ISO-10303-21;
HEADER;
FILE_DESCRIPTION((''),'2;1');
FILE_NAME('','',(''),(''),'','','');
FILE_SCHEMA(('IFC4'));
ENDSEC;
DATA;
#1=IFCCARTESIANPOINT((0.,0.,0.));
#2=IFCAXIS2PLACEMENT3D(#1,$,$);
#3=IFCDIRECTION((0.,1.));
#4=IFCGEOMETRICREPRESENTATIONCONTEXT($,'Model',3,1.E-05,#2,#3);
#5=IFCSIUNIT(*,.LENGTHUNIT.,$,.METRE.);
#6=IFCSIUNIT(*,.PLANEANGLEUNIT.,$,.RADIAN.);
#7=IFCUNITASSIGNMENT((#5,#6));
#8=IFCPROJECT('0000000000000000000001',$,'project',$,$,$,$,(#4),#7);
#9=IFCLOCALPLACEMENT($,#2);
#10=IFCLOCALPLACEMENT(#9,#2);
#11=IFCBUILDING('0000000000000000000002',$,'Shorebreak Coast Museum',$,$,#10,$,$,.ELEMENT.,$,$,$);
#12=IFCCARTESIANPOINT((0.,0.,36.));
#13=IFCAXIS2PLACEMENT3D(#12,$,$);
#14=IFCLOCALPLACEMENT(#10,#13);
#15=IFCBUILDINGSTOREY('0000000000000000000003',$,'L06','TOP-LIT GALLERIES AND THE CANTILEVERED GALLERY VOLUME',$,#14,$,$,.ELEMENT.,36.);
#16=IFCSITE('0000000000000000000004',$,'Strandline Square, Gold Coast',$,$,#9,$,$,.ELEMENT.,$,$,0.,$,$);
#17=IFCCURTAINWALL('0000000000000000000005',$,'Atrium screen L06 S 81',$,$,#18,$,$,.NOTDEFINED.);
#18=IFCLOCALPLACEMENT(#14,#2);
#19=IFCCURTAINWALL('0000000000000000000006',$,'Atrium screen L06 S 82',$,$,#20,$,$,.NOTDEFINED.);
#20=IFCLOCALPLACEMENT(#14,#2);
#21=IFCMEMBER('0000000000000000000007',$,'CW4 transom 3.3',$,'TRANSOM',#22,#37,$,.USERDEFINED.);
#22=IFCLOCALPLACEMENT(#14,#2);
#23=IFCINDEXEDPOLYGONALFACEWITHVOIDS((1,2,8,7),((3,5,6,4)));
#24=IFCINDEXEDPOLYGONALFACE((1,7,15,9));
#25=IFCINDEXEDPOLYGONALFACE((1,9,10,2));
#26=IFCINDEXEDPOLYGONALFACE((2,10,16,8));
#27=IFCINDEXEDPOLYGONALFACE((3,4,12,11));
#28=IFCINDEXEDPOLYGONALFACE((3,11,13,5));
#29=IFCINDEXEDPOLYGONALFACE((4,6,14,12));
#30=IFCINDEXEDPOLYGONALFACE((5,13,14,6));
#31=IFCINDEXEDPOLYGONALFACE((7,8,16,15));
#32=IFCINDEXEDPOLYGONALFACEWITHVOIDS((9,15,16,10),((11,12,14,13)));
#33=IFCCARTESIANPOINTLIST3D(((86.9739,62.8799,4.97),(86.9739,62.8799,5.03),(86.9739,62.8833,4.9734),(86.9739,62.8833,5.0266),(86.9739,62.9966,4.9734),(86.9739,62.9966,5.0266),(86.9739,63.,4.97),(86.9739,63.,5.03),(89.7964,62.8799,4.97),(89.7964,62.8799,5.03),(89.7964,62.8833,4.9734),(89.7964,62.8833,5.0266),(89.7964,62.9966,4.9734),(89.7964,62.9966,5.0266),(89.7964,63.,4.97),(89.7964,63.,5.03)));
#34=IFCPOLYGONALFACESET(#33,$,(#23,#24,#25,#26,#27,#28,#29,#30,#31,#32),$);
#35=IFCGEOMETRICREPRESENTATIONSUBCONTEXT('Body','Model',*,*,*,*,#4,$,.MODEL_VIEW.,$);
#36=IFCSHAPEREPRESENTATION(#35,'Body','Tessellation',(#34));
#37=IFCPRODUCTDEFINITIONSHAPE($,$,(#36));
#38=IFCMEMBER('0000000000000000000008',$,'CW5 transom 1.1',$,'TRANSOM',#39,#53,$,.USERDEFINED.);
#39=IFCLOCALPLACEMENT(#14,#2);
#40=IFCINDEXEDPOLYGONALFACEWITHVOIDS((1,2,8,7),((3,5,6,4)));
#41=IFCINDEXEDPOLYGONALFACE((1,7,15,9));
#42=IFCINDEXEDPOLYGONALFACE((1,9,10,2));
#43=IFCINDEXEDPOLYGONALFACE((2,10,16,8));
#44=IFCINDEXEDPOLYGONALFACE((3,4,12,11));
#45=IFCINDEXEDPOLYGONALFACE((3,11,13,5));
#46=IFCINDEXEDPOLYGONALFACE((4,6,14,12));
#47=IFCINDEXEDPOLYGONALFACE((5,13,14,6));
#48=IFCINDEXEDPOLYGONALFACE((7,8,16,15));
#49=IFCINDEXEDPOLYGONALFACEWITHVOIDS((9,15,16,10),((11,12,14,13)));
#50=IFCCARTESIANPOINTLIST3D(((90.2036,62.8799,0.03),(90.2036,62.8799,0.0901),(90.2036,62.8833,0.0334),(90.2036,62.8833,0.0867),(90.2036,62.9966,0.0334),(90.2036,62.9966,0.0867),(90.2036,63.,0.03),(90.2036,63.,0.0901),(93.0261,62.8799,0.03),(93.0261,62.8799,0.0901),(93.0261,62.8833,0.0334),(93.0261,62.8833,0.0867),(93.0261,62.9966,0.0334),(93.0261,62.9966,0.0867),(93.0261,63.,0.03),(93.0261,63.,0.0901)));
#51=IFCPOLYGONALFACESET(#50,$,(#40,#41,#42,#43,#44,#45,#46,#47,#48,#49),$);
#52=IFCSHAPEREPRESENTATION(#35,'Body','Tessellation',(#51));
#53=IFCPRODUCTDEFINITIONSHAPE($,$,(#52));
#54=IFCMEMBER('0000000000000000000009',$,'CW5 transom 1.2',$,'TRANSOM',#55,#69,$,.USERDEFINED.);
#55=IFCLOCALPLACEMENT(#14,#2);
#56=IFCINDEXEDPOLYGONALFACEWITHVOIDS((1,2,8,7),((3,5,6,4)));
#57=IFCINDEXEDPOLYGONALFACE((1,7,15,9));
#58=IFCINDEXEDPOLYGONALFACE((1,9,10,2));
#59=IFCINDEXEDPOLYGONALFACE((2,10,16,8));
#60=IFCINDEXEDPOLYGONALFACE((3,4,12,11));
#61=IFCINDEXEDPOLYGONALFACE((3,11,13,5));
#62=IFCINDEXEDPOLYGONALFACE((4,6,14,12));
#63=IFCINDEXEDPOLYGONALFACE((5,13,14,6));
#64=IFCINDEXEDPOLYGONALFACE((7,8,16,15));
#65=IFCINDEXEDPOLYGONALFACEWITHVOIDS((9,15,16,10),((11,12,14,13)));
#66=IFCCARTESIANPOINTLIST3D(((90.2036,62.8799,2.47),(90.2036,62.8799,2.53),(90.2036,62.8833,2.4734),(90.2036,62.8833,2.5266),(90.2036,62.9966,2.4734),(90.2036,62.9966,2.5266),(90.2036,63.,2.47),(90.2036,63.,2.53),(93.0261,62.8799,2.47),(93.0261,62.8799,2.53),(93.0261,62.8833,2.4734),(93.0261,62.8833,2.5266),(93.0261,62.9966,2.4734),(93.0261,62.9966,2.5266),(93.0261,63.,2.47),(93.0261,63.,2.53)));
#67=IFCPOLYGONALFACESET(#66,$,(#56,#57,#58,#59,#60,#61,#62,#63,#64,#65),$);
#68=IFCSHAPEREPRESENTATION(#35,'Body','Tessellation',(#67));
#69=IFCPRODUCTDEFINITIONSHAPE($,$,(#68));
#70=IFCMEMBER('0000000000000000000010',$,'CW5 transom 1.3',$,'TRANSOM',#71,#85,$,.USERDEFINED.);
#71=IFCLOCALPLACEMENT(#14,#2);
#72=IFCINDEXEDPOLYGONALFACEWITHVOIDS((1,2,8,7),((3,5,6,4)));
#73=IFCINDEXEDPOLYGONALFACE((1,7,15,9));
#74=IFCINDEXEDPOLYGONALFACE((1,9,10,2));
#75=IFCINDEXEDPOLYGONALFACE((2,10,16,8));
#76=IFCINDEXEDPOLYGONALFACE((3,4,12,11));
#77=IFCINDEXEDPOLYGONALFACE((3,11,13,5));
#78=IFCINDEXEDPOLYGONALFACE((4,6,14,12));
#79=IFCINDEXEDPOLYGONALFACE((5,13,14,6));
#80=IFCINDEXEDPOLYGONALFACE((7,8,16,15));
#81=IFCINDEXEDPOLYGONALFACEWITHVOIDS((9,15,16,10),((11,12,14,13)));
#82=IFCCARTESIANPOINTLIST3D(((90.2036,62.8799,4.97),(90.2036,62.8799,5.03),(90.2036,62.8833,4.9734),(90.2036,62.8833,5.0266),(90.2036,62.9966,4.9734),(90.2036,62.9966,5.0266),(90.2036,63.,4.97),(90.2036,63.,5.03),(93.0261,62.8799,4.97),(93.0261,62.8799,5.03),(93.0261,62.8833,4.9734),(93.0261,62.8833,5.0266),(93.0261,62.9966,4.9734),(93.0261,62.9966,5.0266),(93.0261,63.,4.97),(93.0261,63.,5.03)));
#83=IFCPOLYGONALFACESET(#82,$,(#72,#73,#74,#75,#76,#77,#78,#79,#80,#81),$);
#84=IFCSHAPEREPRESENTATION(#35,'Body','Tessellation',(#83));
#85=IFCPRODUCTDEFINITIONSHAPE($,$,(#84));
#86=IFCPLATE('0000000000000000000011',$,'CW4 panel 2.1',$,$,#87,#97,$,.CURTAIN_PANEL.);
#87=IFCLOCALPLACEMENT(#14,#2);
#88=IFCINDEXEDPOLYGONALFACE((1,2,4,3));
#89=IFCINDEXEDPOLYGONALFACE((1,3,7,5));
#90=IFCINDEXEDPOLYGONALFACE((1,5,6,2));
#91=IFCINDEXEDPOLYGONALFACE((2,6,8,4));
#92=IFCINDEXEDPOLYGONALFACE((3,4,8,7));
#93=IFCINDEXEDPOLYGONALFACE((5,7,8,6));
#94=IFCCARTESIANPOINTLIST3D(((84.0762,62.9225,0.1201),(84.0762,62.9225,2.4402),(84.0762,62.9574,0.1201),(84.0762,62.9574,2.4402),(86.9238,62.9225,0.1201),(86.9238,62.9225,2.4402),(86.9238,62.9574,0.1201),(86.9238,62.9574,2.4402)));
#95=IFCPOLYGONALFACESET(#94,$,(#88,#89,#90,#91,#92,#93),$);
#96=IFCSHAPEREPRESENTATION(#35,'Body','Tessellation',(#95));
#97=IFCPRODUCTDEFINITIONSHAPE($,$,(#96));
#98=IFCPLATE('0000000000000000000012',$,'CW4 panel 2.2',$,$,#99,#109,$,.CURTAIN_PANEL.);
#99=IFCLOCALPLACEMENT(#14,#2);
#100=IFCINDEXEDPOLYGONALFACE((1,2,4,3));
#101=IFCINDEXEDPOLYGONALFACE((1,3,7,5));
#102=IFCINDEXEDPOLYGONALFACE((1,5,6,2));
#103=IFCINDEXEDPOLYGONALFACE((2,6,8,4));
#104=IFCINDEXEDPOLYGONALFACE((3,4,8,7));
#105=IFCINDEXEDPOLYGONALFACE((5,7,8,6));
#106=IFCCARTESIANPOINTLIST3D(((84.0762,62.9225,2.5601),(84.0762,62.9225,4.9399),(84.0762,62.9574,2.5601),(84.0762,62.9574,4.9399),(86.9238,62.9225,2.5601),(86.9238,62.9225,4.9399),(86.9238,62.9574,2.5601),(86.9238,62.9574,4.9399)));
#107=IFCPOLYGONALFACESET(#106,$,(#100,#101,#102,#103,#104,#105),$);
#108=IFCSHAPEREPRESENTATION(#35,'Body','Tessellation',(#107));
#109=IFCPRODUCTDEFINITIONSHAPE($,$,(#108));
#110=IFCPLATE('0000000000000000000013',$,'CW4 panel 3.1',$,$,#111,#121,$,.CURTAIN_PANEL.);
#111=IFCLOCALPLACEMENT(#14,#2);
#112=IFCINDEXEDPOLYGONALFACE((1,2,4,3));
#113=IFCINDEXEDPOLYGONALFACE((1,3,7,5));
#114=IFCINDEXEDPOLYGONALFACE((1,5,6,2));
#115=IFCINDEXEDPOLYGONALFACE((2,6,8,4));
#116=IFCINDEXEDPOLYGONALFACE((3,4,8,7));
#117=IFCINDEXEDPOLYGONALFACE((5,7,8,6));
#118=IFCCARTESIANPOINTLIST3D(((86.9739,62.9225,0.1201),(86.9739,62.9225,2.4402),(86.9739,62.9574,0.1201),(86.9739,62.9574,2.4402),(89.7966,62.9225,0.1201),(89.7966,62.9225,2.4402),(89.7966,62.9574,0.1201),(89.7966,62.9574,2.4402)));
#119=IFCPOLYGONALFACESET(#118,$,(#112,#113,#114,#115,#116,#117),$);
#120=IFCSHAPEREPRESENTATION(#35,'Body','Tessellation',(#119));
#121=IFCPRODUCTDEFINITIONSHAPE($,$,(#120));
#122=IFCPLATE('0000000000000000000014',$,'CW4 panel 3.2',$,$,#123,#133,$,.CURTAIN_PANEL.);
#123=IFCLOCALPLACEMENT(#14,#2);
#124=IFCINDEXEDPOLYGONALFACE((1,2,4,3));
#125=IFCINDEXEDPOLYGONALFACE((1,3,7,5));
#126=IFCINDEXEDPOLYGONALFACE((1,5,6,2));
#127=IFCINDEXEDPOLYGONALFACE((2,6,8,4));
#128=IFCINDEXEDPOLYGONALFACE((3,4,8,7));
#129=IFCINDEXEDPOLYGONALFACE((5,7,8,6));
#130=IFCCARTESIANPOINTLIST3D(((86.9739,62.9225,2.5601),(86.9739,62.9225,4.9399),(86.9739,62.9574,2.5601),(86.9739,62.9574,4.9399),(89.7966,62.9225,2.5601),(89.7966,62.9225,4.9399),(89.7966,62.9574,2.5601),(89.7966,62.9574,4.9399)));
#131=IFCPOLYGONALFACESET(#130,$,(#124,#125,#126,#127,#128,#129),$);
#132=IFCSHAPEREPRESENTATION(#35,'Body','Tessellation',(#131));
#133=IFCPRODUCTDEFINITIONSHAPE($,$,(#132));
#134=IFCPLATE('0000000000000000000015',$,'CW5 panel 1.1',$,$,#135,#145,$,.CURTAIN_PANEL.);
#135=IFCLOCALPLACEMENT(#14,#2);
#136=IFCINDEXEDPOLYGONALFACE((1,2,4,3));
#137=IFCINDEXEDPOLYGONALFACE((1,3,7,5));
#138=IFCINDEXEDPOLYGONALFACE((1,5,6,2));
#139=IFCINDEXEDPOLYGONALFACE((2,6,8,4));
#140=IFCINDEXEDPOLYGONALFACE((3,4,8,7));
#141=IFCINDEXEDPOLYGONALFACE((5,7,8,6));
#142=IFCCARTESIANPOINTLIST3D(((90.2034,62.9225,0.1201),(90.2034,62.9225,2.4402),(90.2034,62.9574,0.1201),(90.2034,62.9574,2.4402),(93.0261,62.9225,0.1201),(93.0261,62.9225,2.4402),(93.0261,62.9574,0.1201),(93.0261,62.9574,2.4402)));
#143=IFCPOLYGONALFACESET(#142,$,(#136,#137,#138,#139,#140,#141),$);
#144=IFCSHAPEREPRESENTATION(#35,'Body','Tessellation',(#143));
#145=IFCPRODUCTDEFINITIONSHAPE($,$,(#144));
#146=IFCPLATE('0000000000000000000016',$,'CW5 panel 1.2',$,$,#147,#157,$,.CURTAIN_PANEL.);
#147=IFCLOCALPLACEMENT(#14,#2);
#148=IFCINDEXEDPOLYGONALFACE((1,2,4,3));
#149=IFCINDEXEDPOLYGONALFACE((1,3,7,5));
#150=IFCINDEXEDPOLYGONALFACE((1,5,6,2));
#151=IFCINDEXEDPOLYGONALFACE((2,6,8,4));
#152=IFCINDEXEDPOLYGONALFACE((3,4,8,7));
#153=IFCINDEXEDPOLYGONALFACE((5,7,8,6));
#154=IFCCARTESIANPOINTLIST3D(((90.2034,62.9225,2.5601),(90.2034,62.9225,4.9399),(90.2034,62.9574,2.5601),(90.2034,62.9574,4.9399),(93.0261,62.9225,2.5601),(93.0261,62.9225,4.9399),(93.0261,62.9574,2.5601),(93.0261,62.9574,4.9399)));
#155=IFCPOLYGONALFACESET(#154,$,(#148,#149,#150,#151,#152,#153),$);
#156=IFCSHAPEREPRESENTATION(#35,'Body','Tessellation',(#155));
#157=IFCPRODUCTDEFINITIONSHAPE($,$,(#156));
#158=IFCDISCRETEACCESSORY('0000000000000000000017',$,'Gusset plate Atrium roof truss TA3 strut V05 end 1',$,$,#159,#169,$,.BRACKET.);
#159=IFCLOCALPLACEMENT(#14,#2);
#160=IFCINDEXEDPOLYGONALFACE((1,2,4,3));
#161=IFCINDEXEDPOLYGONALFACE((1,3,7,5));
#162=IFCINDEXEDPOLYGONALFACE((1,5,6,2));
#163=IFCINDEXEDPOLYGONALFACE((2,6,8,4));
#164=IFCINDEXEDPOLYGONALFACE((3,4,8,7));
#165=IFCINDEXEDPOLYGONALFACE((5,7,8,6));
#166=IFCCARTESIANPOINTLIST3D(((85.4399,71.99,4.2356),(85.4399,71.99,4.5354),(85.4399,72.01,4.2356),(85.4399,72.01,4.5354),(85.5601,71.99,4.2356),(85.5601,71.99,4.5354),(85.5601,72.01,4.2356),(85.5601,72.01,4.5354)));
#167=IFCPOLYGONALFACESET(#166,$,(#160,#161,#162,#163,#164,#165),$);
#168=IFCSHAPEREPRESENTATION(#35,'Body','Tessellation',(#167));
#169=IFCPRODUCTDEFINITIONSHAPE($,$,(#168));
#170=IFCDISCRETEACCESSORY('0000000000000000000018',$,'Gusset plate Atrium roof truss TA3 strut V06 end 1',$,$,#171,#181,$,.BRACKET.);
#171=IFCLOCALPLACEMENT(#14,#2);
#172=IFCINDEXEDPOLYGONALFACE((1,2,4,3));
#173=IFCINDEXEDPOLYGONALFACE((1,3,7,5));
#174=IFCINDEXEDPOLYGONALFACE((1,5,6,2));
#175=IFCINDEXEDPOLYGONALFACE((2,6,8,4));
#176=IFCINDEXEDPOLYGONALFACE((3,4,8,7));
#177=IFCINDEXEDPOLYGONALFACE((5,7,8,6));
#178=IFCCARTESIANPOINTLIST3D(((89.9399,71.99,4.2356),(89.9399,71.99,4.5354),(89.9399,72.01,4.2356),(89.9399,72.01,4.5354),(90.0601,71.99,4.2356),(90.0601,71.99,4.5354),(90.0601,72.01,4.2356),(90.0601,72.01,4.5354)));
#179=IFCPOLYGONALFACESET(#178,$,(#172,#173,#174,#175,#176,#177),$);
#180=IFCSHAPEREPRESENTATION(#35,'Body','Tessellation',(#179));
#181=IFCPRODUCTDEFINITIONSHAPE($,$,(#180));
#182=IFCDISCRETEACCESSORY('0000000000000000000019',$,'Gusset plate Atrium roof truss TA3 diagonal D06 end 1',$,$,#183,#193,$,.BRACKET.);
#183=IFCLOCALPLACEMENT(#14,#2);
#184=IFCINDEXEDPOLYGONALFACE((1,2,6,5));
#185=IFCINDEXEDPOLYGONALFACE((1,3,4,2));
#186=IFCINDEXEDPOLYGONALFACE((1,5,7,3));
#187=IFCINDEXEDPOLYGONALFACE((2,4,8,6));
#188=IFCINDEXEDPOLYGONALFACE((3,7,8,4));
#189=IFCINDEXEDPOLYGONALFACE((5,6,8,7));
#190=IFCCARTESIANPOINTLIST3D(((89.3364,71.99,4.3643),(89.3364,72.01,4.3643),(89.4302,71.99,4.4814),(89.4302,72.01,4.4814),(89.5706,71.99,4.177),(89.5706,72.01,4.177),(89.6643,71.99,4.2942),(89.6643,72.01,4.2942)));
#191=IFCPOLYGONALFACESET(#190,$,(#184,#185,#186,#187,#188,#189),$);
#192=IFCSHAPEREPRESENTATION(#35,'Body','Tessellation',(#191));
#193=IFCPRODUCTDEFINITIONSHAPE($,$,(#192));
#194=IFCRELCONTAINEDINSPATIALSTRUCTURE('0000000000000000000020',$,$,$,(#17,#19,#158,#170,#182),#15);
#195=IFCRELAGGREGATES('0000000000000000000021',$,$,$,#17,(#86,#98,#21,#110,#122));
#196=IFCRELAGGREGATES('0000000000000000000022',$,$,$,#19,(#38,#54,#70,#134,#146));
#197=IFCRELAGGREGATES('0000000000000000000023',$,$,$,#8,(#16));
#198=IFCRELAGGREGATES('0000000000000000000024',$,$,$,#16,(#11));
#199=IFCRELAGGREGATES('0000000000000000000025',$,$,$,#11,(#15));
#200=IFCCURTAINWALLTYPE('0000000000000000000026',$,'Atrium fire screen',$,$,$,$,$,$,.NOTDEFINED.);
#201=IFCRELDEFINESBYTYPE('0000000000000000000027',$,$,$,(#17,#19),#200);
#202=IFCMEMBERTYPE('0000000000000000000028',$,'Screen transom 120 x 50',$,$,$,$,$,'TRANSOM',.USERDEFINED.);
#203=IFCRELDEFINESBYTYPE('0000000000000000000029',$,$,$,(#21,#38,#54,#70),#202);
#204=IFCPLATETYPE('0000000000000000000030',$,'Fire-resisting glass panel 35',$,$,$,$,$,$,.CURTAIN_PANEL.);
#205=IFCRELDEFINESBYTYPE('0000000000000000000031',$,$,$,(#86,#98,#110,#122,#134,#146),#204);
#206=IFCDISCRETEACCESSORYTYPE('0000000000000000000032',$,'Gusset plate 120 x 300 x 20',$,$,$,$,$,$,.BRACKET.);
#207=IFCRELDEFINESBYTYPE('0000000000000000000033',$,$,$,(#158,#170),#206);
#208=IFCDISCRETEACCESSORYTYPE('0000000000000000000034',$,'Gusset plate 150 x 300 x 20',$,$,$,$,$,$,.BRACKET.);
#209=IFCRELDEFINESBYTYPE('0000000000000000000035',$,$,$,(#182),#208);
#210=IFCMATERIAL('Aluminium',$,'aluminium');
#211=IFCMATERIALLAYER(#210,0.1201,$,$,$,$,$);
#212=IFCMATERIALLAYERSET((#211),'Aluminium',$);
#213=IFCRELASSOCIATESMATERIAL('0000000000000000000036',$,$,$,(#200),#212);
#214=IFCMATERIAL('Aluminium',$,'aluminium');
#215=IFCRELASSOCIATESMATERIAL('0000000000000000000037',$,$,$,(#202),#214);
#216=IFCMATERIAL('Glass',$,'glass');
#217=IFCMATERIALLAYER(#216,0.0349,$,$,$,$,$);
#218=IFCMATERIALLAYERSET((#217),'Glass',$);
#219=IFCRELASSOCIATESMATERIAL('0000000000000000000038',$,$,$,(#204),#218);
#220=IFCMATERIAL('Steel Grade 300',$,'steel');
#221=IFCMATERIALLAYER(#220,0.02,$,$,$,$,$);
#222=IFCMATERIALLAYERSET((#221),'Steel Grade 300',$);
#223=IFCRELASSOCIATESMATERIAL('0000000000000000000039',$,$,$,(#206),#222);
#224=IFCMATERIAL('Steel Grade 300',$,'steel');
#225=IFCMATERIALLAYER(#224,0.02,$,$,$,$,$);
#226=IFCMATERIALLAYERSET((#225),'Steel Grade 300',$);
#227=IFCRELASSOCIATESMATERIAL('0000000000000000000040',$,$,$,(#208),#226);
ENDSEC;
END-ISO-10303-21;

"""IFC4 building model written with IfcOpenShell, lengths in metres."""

from ifc_helpers import new_model, si_unit, direction, frame, origin, origin_2d, place, context, subcontext, project, spatial, polyline, rectangle, hollow_rectangle, outline, extrude, material, layer, layer_set, material_profile, profile_set, type_object, element, aggregate, save


model = new_model("IFC4")

# Units and contexts
model_context = context("Model", 3, precision=1e-05, world=origin(), true_north=direction((0.0, 1.0)))
body_context = subcontext(model_context, "Body", "Model", "MODEL_VIEW")
ifc_project = project(units=[si_unit("LENGTHUNIT", "METRE"), si_unit("PLANEANGLEUNIT", "RADIAN")], contexts=[model_context])

# Site, building, storey
site_placement = place(None, origin())
site = spatial("IfcSite", under=ifc_project, at=site_placement, Name="Strandline Square, Gold Coast", CompositionType="ELEMENT", RefElevation=0.0)
building_placement = place(site_placement, origin())
building = spatial("IfcBuilding", under=site, at=building_placement, Name="Shorebreak Coast Museum", CompositionType="ELEMENT")
storey_placement = place(building_placement, frame((0.0, 0.0, 36.0)))
storey = spatial("IfcBuildingStorey", under=building, at=storey_placement, Name="L06", Description="TOP-LIT GALLERIES AND THE CANTILEVERED GALLERY VOLUME", CompositionType="ELEMENT", Elevation=36.0)

# Curtain wall
ifc_material_1 = material(Name="Aluminium", Category="aluminium")
ifc_layer_1 = layer(ifc_material_1, 0.1201)
ifc_layer_set_1 = layer_set([ifc_layer_1], Name="Aluminium")
curtain_wall_type = type_object("IfcCurtainWallType", Name="Atrium fire screen", PredefinedType="NOTDEFINED", material=ifc_layer_set_1)
curtain_wall_1_placement = place(storey_placement, origin())
curtain_wall_1 = element("IfcCurtainWall", 1, at=curtain_wall_1_placement, inside=storey, type_object=curtain_wall_type, Name="Atrium screen L06 S 81", PredefinedType="NOTDEFINED")

# Curtain wall
curtain_wall_2_placement = place(storey_placement, origin())
curtain_wall_2 = element("IfcCurtainWall", 2, at=curtain_wall_2_placement, inside=storey, type_object=curtain_wall_type, Name="Atrium screen L06 S 82", PredefinedType="NOTDEFINED")

# Members
ifc_material_2 = material(Name="Aluminium", Category="aluminium")
ifc_material_profile_1 = material_profile(ifc_material_2, hollow_rectangle(XDim=0.1201, YDim=0.0601, WallThickness=0.0034, at=origin_2d()), Name="AL 60x120 RHS")
ifc_profile_set_1 = profile_set([ifc_material_profile_1], Name="Aluminium")
member_type_1 = type_object("IfcMemberType", Name="Screen transom 120 x 50", ElementType="TRANSOM", PredefinedType="USERDEFINED", material=ifc_profile_set_1)
member_1_placement = place(storey_placement, frame((86.9739, 62.9399, 5.0), z_axis=(1.0, 0.0, 0.0), x_axis=(0.0, 1.0, 0.0)))
member_1 = element("IfcMember", 3, at=member_1_placement, type_object=member_type_1, Name="CW4 transom 3.3", ObjectType="TRANSOM", PredefinedType="USERDEFINED", context=body_context, shape_type="SweptSolid", body=[
    extrude(hollow_rectangle(XDim=0.1201, YDim=0.0601, WallThickness=0.0034, at=origin_2d()), origin(), (0.0, 0.0, 1.0), 2.8225),
])
member_2_placement = place(storey_placement, frame((90.2036, 62.9399, 0.0601), z_axis=(1.0, 0.0, 0.0), x_axis=(0.0, 1.0, 0.0)))
member_2 = element("IfcMember", 4, at=member_2_placement, type_object=member_type_1, Name="CW5 transom 1.1", ObjectType="TRANSOM", PredefinedType="USERDEFINED", context=body_context, shape_type="SweptSolid", body=[
    extrude(hollow_rectangle(XDim=0.1201, YDim=0.0601, WallThickness=0.0034, at=origin_2d()), origin(), (0.0, 0.0, 1.0), 2.8225),
])
member_3_placement = place(storey_placement, frame((90.2036, 62.9399, 2.5), z_axis=(1.0, 0.0, 0.0), x_axis=(0.0, 1.0, 0.0)))
member_3 = element("IfcMember", 5, at=member_3_placement, type_object=member_type_1, Name="CW5 transom 1.2", ObjectType="TRANSOM", PredefinedType="USERDEFINED", context=body_context, shape_type="SweptSolid", body=[
    extrude(hollow_rectangle(XDim=0.1201, YDim=0.0601, WallThickness=0.0034, at=origin_2d()), origin(), (0.0, 0.0, 1.0), 2.8225),
])
member_4_placement = place(storey_placement, frame((90.2036, 62.9399, 5.0), z_axis=(1.0, 0.0, 0.0), x_axis=(0.0, 1.0, 0.0)))
member_4 = element("IfcMember", 6, at=member_4_placement, type_object=member_type_1, Name="CW5 transom 1.3", ObjectType="TRANSOM", PredefinedType="USERDEFINED", context=body_context, shape_type="SweptSolid", body=[
    extrude(hollow_rectangle(XDim=0.1201, YDim=0.0601, WallThickness=0.0034, at=origin_2d()), origin(), (0.0, 0.0, 1.0), 2.8225),
])

# Plates
ifc_material_3 = material(Name="Glass", Category="glass")
ifc_layer_2 = layer(ifc_material_3, 0.0349)
ifc_layer_set_2 = layer_set([ifc_layer_2], Name="Glass")
plate_type = type_object("IfcPlateType", Name="Fire-resisting glass panel 35", PredefinedType="CURTAIN_PANEL", material=ifc_layer_set_2)
plate_1_placement = place(storey_placement, frame((85.5, 62.9399, 0.1201), z_axis=(0.0, 0.0, 1.0), x_axis=(1.0, 0.0, 0.0)))
plate_1 = element("IfcPlate", 7, at=plate_1_placement, type_object=plate_type, Name="CW4 panel 2.1", PredefinedType="CURTAIN_PANEL", context=body_context, shape_type="SweptSolid", body=[
    extrude(rectangle(XDim=2.8477, YDim=0.0349, at=origin_2d()), origin(), (0.0, 0.0, 1.0), 2.3201),
])
plate_2_placement = place(storey_placement, frame((85.5, 62.9399, 2.5601), z_axis=(0.0, 0.0, 1.0), x_axis=(1.0, 0.0, 0.0)))
plate_2 = element("IfcPlate", 8, at=plate_2_placement, type_object=plate_type, Name="CW4 panel 2.2", PredefinedType="CURTAIN_PANEL", context=body_context, shape_type="SweptSolid", body=[
    extrude(rectangle(XDim=2.8477, YDim=0.0349, at=origin_2d()), origin(), (0.0, 0.0, 1.0), 2.3799),
])
plate_3_placement = place(storey_placement, frame((88.3853, 62.9399, 0.1201), z_axis=(0.0, 0.0, 1.0), x_axis=(1.0, 0.0, 0.0)))
plate_3 = element("IfcPlate", 9, at=plate_3_placement, type_object=plate_type, Name="CW4 panel 3.1", PredefinedType="CURTAIN_PANEL", context=body_context, shape_type="SweptSolid", body=[
    extrude(rectangle(XDim=2.8228, YDim=0.0349, at=origin_2d()), origin(), (0.0, 0.0, 1.0), 2.3201),
])
plate_4_placement = place(storey_placement, frame((88.3853, 62.9399, 2.5601), z_axis=(0.0, 0.0, 1.0), x_axis=(1.0, 0.0, 0.0)))
plate_4 = element("IfcPlate", 10, at=plate_4_placement, type_object=plate_type, Name="CW4 panel 3.2", PredefinedType="CURTAIN_PANEL", context=body_context, shape_type="SweptSolid", body=[
    extrude(rectangle(XDim=2.8228, YDim=0.0349, at=origin_2d()), origin(), (0.0, 0.0, 1.0), 2.3799),
])
aggregate(curtain_wall_1, [plate_1, plate_2, member_1, plate_3, plate_4])
plate_5_placement = place(storey_placement, frame((91.6147, 62.9399, 0.1201), z_axis=(0.0, 0.0, 1.0), x_axis=(1.0, 0.0, 0.0)))
plate_5 = element("IfcPlate", 11, at=plate_5_placement, type_object=plate_type, Name="CW5 panel 1.1", PredefinedType="CURTAIN_PANEL", context=body_context, shape_type="SweptSolid", body=[
    extrude(rectangle(XDim=2.8228, YDim=0.0349, at=origin_2d()), origin(), (0.0, 0.0, 1.0), 2.3201),
])
plate_6_placement = place(storey_placement, frame((91.6147, 62.9399, 2.5601), z_axis=(0.0, 0.0, 1.0), x_axis=(1.0, 0.0, 0.0)))
plate_6 = element("IfcPlate", 12, at=plate_6_placement, type_object=plate_type, Name="CW5 panel 1.2", PredefinedType="CURTAIN_PANEL", context=body_context, shape_type="SweptSolid", body=[
    extrude(rectangle(XDim=2.8228, YDim=0.0349, at=origin_2d()), origin(), (0.0, 0.0, 1.0), 2.3799),
])
aggregate(curtain_wall_2, [member_2, member_3, member_4, plate_5, plate_6])

# Discrete accessories
ifc_material_4 = material(Name="Steel Grade 300", Category="steel")
ifc_layer_3 = layer(ifc_material_4, 0.02)
ifc_layer_set_3 = layer_set([ifc_layer_3], Name="Steel Grade 300")
discrete_accessory_type_1 = type_object("IfcDiscreteAccessoryType", Name="Gusset plate 120 x 300 x 20", PredefinedType="BRACKET", material=ifc_layer_set_3)
for number, where, z_axis, x_axis, name in (
    (13, (85.4399, 71.99, 4.2356), (0.0, -1.0, 0.0), (1.0, 0.0, 0.0), "Gusset plate Atrium roof truss TA3 strut V05 end 1"),
    (14, (89.9399, 71.99, 4.2356), (0.0, -1.0, 0.0), (1.0, 0.0, 0.0), "Gusset plate Atrium roof truss TA3 strut V06 end 1"),
):
    element("IfcDiscreteAccessory", number, at=place(storey_placement, frame(where, z_axis=z_axis, x_axis=x_axis)), inside=storey, type_object=discrete_accessory_type_1, Name=name, PredefinedType="BRACKET", context=body_context, shape_type="SweptSolid", body=[
        extrude(outline(polyline([(0.0, 0.0), (0.1201, 0.0), (0.1201, 0.2998), (0.0, 0.2998), (0.0, 0.0)])), origin(), (0.0, 0.0, -1.0), 0.02),
    ])
ifc_material_5 = material(Name="Steel Grade 300", Category="steel")
ifc_layer_4 = layer(ifc_material_5, 0.02)
ifc_layer_set_4 = layer_set([ifc_layer_4], Name="Steel Grade 300")
discrete_accessory_type_2 = type_object("IfcDiscreteAccessoryType", Name="Gusset plate 150 x 300 x 20", PredefinedType="BRACKET", material=ifc_layer_set_4)
discrete_accessory_1_placement = place(storey_placement, frame((89.5706, 71.99, 4.177), z_axis=(0.0, -1.0, 0.0), x_axis=(0.624695, 0.0, 0.780869)))
element("IfcDiscreteAccessory", 15, at=discrete_accessory_1_placement, inside=storey, type_object=discrete_accessory_type_2, Name="Gusset plate Atrium roof truss TA3 diagonal D06 end 1", PredefinedType="BRACKET", context=body_context, shape_type="SweptSolid", body=[
    extrude(outline(polyline([(0.0, 0.0), (0.1501, 0.0), (0.15, 0.2998), (0.0, 0.2998), (0.0, 0.0)])), origin(), (0.0, 0.0, -1.0), 0.02),
])

save(model, "model.ifc")
